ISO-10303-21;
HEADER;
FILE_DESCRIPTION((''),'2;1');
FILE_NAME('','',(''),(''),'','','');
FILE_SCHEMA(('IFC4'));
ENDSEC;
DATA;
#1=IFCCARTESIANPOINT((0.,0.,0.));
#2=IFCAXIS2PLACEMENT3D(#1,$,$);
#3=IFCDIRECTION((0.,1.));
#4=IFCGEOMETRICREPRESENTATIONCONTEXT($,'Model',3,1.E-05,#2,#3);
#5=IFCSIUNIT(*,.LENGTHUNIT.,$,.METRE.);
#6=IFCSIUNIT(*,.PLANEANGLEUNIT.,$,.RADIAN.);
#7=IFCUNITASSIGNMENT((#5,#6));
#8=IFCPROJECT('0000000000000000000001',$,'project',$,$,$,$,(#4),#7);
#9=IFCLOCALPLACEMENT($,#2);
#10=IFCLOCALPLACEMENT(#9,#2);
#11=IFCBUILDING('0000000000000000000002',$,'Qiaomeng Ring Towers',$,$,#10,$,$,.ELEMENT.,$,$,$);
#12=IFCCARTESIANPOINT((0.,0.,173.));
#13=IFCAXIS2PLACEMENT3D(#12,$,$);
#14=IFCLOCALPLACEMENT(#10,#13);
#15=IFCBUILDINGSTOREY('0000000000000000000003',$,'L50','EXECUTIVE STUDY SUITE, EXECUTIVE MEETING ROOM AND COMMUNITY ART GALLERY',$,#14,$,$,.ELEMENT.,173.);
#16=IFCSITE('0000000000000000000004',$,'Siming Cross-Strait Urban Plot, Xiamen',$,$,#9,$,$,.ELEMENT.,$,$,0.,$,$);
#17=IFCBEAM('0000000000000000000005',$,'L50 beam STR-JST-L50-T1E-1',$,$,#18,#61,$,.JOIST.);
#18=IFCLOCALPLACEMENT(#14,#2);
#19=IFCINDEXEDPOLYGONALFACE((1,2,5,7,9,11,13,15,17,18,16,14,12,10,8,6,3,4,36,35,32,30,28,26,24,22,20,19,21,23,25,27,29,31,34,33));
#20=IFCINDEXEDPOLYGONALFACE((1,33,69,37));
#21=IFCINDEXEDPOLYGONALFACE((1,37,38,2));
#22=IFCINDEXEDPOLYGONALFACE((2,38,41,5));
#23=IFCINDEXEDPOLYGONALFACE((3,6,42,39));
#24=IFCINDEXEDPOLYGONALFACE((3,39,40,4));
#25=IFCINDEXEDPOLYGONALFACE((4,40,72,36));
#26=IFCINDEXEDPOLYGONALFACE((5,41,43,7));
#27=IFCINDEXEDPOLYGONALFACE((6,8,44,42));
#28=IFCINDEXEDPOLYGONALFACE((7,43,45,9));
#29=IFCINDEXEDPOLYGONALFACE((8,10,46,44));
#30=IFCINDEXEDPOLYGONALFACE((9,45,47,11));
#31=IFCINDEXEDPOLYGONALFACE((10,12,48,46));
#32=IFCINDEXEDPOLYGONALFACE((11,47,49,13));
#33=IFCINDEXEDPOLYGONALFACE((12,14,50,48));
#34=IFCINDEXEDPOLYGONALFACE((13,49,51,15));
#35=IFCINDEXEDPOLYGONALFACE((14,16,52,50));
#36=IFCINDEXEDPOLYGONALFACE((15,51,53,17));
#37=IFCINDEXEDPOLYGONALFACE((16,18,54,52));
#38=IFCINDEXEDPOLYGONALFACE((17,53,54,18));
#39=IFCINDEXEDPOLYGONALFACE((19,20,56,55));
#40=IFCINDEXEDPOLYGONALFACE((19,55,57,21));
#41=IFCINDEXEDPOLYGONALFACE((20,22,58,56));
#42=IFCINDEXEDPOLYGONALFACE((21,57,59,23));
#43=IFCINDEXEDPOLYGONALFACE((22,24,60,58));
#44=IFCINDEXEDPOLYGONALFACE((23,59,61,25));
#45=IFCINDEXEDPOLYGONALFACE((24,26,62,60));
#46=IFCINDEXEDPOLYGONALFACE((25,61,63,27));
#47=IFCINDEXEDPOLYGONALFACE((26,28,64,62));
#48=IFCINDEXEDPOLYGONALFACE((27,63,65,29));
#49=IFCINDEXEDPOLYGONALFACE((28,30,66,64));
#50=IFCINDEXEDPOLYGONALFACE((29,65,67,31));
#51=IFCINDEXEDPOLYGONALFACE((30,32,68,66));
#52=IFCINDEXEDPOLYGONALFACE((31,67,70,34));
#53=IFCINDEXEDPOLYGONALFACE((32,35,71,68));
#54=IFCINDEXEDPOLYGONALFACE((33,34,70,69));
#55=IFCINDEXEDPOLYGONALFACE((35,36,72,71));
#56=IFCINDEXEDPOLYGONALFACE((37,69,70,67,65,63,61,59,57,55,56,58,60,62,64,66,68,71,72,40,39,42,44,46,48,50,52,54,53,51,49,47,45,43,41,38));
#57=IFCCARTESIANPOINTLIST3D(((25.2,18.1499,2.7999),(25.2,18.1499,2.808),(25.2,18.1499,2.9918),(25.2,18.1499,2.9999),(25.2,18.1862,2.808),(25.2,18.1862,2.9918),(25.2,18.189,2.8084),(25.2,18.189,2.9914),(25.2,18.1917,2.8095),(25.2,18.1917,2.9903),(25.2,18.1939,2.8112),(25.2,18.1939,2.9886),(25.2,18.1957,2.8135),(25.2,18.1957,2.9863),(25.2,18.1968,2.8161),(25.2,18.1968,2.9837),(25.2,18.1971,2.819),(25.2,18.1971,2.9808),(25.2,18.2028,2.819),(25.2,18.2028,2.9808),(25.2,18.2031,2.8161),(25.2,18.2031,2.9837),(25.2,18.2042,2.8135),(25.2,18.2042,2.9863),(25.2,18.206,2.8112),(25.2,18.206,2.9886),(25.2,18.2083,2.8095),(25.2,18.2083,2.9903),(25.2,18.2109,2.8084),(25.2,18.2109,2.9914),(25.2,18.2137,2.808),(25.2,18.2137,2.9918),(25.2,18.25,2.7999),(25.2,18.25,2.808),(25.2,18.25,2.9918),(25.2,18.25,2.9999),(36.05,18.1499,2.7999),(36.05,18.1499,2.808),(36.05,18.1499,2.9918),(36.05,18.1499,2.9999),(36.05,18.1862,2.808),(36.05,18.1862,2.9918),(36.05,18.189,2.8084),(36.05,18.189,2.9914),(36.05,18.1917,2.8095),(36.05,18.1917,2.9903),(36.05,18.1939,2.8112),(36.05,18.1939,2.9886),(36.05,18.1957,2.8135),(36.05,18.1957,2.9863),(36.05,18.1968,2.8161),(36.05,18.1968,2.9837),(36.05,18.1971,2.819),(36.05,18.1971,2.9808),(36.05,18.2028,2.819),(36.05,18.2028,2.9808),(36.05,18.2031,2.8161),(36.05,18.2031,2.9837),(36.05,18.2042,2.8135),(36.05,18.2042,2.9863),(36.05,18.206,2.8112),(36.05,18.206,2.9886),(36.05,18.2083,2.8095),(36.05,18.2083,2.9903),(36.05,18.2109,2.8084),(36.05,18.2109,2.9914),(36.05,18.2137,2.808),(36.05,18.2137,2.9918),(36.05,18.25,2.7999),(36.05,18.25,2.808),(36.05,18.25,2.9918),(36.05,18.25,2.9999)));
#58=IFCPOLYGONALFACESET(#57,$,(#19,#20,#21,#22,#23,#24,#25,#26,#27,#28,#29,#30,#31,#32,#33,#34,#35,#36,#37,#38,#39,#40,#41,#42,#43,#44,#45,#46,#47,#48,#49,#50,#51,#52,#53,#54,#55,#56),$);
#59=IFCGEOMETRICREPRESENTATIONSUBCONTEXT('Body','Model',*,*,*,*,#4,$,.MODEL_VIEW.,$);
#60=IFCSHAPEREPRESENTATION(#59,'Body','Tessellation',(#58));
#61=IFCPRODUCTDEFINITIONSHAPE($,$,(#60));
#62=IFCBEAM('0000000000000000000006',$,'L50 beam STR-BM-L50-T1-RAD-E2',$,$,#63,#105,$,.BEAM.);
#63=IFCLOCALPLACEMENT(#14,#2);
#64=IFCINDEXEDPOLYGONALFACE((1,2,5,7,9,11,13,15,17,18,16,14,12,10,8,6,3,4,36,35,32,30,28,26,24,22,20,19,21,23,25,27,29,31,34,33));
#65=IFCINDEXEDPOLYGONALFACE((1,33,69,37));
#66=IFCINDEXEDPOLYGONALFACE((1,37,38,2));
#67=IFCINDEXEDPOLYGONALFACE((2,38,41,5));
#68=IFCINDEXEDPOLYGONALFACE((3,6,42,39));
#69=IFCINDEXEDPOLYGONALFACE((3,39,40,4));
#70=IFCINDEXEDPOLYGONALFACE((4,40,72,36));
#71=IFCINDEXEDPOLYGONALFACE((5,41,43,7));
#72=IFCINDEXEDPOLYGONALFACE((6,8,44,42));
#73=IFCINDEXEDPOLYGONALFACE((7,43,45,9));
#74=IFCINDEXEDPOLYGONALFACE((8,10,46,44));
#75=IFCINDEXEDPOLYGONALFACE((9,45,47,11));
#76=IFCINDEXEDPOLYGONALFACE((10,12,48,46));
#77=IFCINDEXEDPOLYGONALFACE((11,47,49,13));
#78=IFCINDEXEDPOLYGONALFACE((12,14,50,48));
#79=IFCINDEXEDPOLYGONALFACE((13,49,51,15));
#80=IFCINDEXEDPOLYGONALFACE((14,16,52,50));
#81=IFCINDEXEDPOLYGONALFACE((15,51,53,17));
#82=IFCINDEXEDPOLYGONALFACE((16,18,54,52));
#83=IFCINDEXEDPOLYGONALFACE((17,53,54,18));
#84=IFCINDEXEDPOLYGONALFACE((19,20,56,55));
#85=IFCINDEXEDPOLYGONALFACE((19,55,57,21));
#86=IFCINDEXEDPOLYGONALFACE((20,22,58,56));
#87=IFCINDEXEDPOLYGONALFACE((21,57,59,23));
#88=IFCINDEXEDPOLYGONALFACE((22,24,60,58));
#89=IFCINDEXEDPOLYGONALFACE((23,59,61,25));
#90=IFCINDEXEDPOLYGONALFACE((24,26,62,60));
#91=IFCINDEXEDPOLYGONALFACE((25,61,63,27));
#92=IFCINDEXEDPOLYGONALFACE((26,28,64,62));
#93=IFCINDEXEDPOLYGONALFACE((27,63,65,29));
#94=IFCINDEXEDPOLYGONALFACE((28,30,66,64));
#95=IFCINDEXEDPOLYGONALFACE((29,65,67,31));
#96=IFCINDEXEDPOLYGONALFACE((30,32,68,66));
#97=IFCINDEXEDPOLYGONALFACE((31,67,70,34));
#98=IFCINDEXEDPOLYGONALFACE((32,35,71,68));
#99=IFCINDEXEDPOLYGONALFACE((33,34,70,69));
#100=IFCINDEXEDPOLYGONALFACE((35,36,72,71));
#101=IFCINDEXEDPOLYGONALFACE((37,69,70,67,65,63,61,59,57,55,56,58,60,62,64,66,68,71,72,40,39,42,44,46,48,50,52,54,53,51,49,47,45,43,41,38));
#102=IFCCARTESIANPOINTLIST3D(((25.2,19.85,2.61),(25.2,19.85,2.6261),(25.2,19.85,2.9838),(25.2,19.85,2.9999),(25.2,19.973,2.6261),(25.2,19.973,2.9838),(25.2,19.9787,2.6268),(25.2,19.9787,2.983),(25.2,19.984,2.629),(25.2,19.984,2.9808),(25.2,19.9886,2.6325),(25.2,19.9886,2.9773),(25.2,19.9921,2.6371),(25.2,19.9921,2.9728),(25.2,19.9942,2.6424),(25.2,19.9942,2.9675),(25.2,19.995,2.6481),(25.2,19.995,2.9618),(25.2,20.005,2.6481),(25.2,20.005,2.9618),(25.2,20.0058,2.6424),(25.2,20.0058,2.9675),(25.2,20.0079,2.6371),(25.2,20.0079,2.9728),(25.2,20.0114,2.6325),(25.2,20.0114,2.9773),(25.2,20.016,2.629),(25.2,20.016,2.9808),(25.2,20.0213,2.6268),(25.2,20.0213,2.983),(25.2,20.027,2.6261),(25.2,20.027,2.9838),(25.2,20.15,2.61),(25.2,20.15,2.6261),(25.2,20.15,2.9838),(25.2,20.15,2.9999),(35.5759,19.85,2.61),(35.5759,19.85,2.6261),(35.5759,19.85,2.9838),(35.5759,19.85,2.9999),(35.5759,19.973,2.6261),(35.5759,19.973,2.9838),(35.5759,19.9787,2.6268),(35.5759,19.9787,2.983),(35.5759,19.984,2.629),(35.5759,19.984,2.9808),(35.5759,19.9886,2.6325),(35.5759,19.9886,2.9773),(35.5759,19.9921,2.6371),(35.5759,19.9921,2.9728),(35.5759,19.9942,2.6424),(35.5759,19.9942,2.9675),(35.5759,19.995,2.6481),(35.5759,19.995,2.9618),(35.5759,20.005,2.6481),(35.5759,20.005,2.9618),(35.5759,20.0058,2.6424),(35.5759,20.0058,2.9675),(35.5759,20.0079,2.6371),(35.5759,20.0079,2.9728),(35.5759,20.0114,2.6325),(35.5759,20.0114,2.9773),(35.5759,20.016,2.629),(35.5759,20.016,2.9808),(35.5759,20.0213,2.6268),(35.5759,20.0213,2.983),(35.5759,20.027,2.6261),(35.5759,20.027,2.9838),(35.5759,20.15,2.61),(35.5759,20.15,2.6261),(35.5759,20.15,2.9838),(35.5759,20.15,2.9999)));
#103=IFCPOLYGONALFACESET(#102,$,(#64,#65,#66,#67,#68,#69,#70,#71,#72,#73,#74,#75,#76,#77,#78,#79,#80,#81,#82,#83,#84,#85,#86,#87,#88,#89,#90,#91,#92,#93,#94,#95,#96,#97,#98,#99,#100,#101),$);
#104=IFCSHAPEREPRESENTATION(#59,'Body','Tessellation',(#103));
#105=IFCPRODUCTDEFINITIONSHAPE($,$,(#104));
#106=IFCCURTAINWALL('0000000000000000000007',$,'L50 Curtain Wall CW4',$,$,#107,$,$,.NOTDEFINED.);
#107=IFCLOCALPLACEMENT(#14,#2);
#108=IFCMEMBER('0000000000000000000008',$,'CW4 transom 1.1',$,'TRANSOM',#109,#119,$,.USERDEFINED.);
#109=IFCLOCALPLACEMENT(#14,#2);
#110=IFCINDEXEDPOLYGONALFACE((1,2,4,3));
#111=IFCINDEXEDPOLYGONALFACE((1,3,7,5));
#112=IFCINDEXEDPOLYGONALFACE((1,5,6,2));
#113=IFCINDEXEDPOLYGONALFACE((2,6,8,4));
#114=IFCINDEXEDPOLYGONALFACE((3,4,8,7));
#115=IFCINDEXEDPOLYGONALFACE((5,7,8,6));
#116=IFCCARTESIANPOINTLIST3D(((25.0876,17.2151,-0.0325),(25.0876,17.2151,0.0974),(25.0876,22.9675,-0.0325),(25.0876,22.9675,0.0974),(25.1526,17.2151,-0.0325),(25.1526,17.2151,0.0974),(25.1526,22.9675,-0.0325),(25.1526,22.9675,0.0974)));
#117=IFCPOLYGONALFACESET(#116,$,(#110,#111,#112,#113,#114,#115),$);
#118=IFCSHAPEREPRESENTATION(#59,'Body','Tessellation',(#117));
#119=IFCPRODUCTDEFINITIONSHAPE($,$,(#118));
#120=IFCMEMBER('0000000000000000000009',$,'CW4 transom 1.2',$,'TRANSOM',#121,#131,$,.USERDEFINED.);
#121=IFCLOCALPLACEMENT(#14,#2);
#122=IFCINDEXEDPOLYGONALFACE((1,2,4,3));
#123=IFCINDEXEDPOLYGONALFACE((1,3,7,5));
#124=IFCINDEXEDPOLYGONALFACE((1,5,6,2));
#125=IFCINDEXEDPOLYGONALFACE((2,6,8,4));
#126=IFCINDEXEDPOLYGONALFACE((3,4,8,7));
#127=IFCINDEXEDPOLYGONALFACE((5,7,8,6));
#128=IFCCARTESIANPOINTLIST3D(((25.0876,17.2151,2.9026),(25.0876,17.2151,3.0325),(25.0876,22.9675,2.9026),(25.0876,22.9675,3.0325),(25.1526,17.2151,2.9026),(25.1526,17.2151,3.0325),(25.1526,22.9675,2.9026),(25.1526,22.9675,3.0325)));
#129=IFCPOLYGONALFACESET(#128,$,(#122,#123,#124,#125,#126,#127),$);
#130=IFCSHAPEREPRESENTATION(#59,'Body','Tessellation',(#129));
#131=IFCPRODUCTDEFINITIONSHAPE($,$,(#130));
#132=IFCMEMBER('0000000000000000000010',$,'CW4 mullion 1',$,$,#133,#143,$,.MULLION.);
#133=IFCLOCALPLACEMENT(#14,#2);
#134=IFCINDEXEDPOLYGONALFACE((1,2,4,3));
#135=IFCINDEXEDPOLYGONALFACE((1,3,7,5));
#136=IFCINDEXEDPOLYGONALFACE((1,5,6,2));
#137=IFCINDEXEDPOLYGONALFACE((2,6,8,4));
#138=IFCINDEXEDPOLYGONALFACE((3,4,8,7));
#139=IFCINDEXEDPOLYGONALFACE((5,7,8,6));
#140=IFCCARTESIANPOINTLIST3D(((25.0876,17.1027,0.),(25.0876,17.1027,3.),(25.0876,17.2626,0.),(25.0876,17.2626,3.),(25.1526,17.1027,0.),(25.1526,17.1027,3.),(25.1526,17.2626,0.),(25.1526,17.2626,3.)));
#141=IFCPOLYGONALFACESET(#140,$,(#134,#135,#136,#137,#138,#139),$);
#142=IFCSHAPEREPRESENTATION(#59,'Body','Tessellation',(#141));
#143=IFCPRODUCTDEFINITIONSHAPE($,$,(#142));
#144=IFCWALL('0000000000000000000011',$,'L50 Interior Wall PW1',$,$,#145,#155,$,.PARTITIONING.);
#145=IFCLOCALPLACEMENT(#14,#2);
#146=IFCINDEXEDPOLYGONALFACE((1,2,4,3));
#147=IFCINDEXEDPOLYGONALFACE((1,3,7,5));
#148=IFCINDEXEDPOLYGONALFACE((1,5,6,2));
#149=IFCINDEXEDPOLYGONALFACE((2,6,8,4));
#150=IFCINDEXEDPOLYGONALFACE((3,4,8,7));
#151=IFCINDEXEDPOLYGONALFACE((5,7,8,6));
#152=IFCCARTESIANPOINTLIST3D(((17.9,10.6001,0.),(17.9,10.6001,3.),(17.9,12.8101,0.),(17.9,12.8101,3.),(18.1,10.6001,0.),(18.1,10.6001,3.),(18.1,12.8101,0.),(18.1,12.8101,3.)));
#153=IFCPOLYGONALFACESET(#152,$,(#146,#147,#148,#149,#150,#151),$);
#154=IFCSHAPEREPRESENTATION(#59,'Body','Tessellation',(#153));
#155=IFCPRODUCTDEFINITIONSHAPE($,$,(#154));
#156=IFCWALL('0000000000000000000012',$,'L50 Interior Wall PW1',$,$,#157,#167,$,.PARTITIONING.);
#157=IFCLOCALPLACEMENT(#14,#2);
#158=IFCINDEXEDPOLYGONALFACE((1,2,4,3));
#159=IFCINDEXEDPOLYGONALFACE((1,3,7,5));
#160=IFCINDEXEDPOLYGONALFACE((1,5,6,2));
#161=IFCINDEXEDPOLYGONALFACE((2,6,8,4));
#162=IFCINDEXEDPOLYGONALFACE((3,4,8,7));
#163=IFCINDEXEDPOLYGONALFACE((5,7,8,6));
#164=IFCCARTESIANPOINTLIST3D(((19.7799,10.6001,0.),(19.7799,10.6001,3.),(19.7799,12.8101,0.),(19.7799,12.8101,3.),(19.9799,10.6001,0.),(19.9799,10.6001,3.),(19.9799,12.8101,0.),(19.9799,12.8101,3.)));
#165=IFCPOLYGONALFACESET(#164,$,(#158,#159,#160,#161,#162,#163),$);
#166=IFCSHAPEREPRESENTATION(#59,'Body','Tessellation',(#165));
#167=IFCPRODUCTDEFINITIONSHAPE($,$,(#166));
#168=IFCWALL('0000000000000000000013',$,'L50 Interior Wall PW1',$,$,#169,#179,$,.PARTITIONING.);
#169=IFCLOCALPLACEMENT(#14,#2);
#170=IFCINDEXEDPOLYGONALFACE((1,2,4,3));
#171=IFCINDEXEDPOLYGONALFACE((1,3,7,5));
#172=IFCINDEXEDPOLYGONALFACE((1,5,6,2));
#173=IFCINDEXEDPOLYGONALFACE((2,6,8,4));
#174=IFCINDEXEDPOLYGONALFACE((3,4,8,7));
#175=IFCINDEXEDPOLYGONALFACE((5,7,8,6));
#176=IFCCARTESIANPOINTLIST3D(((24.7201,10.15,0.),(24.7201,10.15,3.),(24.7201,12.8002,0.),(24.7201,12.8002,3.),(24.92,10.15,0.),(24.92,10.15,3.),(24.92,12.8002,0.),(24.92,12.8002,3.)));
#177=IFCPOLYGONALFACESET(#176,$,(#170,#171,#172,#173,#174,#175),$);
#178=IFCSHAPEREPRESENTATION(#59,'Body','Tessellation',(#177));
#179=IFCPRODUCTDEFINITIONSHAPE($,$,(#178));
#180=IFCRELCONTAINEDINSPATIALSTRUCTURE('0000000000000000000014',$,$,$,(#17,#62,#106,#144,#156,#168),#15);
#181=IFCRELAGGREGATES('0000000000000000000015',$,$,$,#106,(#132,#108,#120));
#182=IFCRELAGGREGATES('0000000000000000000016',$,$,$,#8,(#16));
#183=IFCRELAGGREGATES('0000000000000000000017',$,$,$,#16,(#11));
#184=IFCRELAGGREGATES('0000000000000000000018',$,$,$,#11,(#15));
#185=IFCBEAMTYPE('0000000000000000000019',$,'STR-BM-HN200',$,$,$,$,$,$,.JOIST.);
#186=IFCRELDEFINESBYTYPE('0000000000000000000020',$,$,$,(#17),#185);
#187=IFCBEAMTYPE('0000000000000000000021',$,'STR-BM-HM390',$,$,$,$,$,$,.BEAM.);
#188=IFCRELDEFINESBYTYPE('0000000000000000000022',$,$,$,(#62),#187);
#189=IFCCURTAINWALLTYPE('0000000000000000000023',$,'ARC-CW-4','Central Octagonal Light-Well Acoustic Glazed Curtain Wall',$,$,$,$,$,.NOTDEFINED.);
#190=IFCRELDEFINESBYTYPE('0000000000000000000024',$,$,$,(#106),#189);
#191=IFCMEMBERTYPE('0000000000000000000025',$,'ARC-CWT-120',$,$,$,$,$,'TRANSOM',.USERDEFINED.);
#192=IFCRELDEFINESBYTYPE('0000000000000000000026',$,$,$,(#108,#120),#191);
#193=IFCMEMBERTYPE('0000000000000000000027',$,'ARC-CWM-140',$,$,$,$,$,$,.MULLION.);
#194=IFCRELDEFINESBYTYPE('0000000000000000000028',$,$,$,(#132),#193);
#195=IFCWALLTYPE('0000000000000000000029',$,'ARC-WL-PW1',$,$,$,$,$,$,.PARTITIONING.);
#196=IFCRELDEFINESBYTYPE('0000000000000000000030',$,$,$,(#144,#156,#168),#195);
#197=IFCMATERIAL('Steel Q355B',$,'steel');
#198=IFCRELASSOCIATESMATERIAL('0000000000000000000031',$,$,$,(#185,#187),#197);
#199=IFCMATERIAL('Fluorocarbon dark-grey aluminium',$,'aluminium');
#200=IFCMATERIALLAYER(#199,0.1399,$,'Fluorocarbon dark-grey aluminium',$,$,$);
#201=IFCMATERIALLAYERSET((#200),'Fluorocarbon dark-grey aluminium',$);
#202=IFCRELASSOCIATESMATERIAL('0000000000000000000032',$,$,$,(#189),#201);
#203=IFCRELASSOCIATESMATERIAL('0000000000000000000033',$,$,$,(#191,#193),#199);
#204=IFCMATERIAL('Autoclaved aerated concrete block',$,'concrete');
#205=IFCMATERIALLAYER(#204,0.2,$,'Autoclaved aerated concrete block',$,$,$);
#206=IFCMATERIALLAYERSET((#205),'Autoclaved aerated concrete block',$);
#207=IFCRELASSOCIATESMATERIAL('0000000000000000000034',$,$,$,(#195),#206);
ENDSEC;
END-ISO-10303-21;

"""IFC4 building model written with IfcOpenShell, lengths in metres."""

from ifc_helpers import new_model, si_unit, direction, frame, frame_2d, origin, origin_2d, place, context, subcontext, project, spatial, rectangle, i_section, extrude, source, transform, mapped, material, layer, layer_set, material_profile, profile_set, type_object, element, aggregate, save


model = new_model("IFC4")

# Units and contexts
model_context = context("Model", 3, precision=1e-05, world=origin(), true_north=direction((0.0, 1.0)))
body_context = subcontext(model_context, "Body", "Model", "MODEL_VIEW")
ifc_project = project(units=[si_unit("LENGTHUNIT", "METRE"), si_unit("PLANEANGLEUNIT", "RADIAN")], contexts=[model_context])

# Site, building, storey
site_placement = place(None, origin())
site = spatial("IfcSite", under=ifc_project, at=site_placement, Name="Siming Cross-Strait Urban Plot, Xiamen", CompositionType="ELEMENT", RefElevation=0.0)
building_placement = place(site_placement, origin())
building = spatial("IfcBuilding", under=site, at=building_placement, Name="Qiaomeng Ring Towers", CompositionType="ELEMENT")
storey_placement = place(building_placement, frame((0.0, 0.0, 173.0)))
storey = spatial("IfcBuildingStorey", under=building, at=storey_placement, Name="L50", Description="EXECUTIVE STUDY SUITE, EXECUTIVE MEETING ROOM AND COMMUNITY ART GALLERY", CompositionType="ELEMENT", Elevation=173.0)

# Beams
ifc_material_1 = material(Name="Steel Q355B", Category="steel")
ifc_material_profile_1 = material_profile(ifc_material_1, i_section(OverallWidth=0.1001, OverallDepth=0.2, WebThickness=0.0056, FlangeThickness=0.0081, FilletRadius=0.011, at=origin_2d()), Name="HN 200x100x5.5x8")
ifc_profile_set_1 = profile_set([ifc_material_profile_1], Name="Steel Q355B")
beam_type_1 = type_object("IfcBeamType", Name="STR-BM-HN200", PredefinedType="JOIST", material=ifc_profile_set_1)
shared_shape_1 = source(origin(), body_context, "Body", "SweptSolid", [
    extrude(i_section(OverallWidth=0.1001, OverallDepth=0.2, WebThickness=0.0056, FlangeThickness=0.0081, FilletRadius=0.011, at=origin_2d()), origin(), (0.0, 0.0, 1.0), 10.8501),
])
beam_1_placement = place(storey_placement, frame((25.2, 18.2, 2.8999), z_axis=(1.0, 0.0, 0.0), x_axis=(0.0, 1.0, 0.0)))
element("IfcBeam", 1, at=beam_1_placement, inside=storey, type_object=beam_type_1, Name="L50 beam STR-JST-L50-T1E-1", PredefinedType="JOIST", context=body_context, shape_type="MappedRepresentation", body=[
    mapped(shared_shape_1, transform((0.0, 0.0, 0.0), x_axis=(1.0, 0.0, 0.0), y_axis=(0.0, 1.0, 0.0), z_axis=(0.0, 0.0, 1.0), scale=1.0)),
])
ifc_material_profile_2 = material_profile(ifc_material_1, i_section(OverallWidth=0.3, OverallDepth=0.3899, WebThickness=0.01, FlangeThickness=0.0161, FilletRadius=0.022, at=origin_2d()), Name="HM 390x300x10x16")
ifc_profile_set_2 = profile_set([ifc_material_profile_2], Name="Steel Q355B")
beam_type_2 = type_object("IfcBeamType", Name="STR-BM-HM390", PredefinedType="BEAM", material=ifc_profile_set_2)
shared_shape_2 = source(origin(), body_context, "Body", "SweptSolid", [
    extrude(i_section(OverallWidth=0.3, OverallDepth=0.3899, WebThickness=0.01, FlangeThickness=0.0161, FilletRadius=0.022, at=origin_2d()), origin(), (0.0, 0.0, 1.0), 10.376),
])
beam_2_placement = place(storey_placement, frame((25.2, 20.0, 2.8049), z_axis=(1.0, 0.0, 0.0), x_axis=(0.0, 1.0, 0.0)))
element("IfcBeam", 2, at=beam_2_placement, inside=storey, type_object=beam_type_2, Name="L50 beam STR-BM-L50-T1-RAD-E2", PredefinedType="BEAM", context=body_context, shape_type="MappedRepresentation", body=[
    mapped(shared_shape_2, transform((0.0, 0.0, 0.0), x_axis=(1.0, 0.0, 0.0), y_axis=(0.0, 1.0, 0.0), z_axis=(0.0, 0.0, 1.0), scale=1.0)),
])

# Curtain wall, members
ifc_material_2 = material(Name="Fluorocarbon dark-grey aluminium", Category="aluminium")
ifc_layer_1 = layer(ifc_material_2, 0.1399, Name="Fluorocarbon dark-grey aluminium")
ifc_layer_set_1 = layer_set([ifc_layer_1], Name="Fluorocarbon dark-grey aluminium")
curtain_wall_type = type_object("IfcCurtainWallType", Name="ARC-CW-4", Description="Central Octagonal Light-Well Acoustic Glazed Curtain Wall", PredefinedType="NOTDEFINED", material=ifc_layer_set_1)
curtain_wall_placement = place(storey_placement, origin())
curtain_wall = element("IfcCurtainWall", 3, at=curtain_wall_placement, inside=storey, type_object=curtain_wall_type, Name="L50 Curtain Wall CW4", PredefinedType="NOTDEFINED")
ifc_material_profile_3 = material_profile(ifc_material_2, rectangle(XDim=0.0649, YDim=0.1299, at=origin_2d()), Name="ALU TRAN 65x130")
ifc_profile_set_3 = profile_set([ifc_material_profile_3], Name="Fluorocarbon dark-grey aluminium")
member_type_1 = type_object("IfcMemberType", Name="ARC-CWT-120", ElementType="TRANSOM", PredefinedType="USERDEFINED", material=ifc_profile_set_3)
shared_shape_3 = source(origin(), body_context, "Body", "SweptSolid", [
    extrude(rectangle(XDim=0.0649, YDim=0.1299, at=origin_2d()), origin(), (0.0, 0.0, 1.0), 5.7524),
])
member_1_placement = place(storey_placement, frame((25.1201, 17.2151, 0.0325), z_axis=(0.0, 1.0, 0.0), x_axis=(-1.0, 0.0, 0.0)))
member_1 = element("IfcMember", 4, at=member_1_placement, type_object=member_type_1, Name="CW4 transom 1.1", ObjectType="TRANSOM", PredefinedType="USERDEFINED", context=body_context, shape_type="MappedRepresentation", body=[
    mapped(shared_shape_3, transform((0.0, 0.0, 0.0), x_axis=(1.0, 0.0, 0.0), y_axis=(0.0, 1.0, 0.0), z_axis=(0.0, 0.0, 1.0), scale=1.0)),
])
member_2_placement = place(storey_placement, frame((25.1201, 17.2151, 2.9675), z_axis=(0.0, 1.0, 0.0), x_axis=(-1.0, 0.0, 0.0)))
member_2 = element("IfcMember", 5, at=member_2_placement, type_object=member_type_1, Name="CW4 transom 1.2", ObjectType="TRANSOM", PredefinedType="USERDEFINED", context=body_context, shape_type="MappedRepresentation", body=[
    mapped(shared_shape_3, transform((0.0, 0.0, 0.0), x_axis=(1.0, 0.0, 0.0), y_axis=(0.0, 1.0, 0.0), z_axis=(0.0, 0.0, 1.0), scale=1.0)),
])
ifc_material_profile_4 = material_profile(ifc_material_2, rectangle(XDim=0.0649, YDim=0.1599, at=origin_2d()), Name="ALU MULL 65x160")
ifc_profile_set_4 = profile_set([ifc_material_profile_4], Name="Fluorocarbon dark-grey aluminium")
member_type_2 = type_object("IfcMemberType", Name="ARC-CWM-140", PredefinedType="MULLION", material=ifc_profile_set_4)
shared_shape_4 = source(origin(), body_context, "Body", "SweptSolid", [
    extrude(rectangle(XDim=0.0649, YDim=0.1599, at=origin_2d()), origin(), (0.0, 0.0, 1.0), 3.0),
])
member_3_placement = place(storey_placement, frame((25.1201, 17.1826, 0.0), z_axis=(0.0, 0.0, 1.0), x_axis=(-1.0, 0.0, 0.0)))
member_3 = element("IfcMember", 6, at=member_3_placement, type_object=member_type_2, Name="CW4 mullion 1", PredefinedType="MULLION", context=body_context, shape_type="MappedRepresentation", body=[
    mapped(shared_shape_4, transform((0.0, 0.0, 0.0), x_axis=(1.0, 0.0, 0.0), y_axis=(0.0, 1.0, 0.0), z_axis=(0.0, 0.0, 1.0), scale=1.0)),
])
aggregate(curtain_wall, [member_3, member_1, member_2])

# Walls
ifc_material_3 = material(Name="Autoclaved aerated concrete block", Category="concrete")
ifc_layer_2 = layer(ifc_material_3, 0.2, Name="Autoclaved aerated concrete block")
ifc_layer_set_2 = layer_set([ifc_layer_2], Name="Autoclaved aerated concrete block")
wall_type_1 = type_object("IfcWallType", Name="ARC-WL-PW1", PredefinedType="PARTITIONING", material=ifc_layer_set_2)
for number, where, z_axis, x_axis, name in (
    (7, (18.0, 10.6001, 0.0), (0.0, 0.0, 1.0), (0.0, 1.0, 0.0), "L50 Interior Wall PW1"),
    (8, (19.8799, 10.6001, 0.0), (0.0, 0.0, 1.0), (0.0, 1.0, 0.0), "L50 Interior Wall PW1"),
):
    element("IfcWall", number, at=place(storey_placement, frame(where, z_axis=z_axis, x_axis=x_axis)), inside=storey, type_object=wall_type_1, Name=name, PredefinedType="PARTITIONING", context=body_context, shape_type="SweptSolid", body=[
        extrude(rectangle(XDim=2.21, YDim=0.2, at=frame_2d((1.105, 0.0))), origin(), (0.0, 0.0, 1.0), 3.0),
    ])
wall_1_placement = place(storey_placement, frame((24.8201, 10.1499, 0.0), z_axis=(0.0, 0.0, 1.0), x_axis=(0.0, 1.0, 0.0)))
element("IfcWall", 9, at=wall_1_placement, inside=storey, type_object=wall_type_1, Name="L50 Interior Wall PW1", PredefinedType="PARTITIONING", context=body_context, shape_type="SweptSolid", body=[
    extrude(rectangle(XDim=2.6501, YDim=0.2, at=frame_2d((1.3252, 0.0))), origin(), (0.0, 0.0, 1.0), 3.0),
])

save(model, "model.ifc")
